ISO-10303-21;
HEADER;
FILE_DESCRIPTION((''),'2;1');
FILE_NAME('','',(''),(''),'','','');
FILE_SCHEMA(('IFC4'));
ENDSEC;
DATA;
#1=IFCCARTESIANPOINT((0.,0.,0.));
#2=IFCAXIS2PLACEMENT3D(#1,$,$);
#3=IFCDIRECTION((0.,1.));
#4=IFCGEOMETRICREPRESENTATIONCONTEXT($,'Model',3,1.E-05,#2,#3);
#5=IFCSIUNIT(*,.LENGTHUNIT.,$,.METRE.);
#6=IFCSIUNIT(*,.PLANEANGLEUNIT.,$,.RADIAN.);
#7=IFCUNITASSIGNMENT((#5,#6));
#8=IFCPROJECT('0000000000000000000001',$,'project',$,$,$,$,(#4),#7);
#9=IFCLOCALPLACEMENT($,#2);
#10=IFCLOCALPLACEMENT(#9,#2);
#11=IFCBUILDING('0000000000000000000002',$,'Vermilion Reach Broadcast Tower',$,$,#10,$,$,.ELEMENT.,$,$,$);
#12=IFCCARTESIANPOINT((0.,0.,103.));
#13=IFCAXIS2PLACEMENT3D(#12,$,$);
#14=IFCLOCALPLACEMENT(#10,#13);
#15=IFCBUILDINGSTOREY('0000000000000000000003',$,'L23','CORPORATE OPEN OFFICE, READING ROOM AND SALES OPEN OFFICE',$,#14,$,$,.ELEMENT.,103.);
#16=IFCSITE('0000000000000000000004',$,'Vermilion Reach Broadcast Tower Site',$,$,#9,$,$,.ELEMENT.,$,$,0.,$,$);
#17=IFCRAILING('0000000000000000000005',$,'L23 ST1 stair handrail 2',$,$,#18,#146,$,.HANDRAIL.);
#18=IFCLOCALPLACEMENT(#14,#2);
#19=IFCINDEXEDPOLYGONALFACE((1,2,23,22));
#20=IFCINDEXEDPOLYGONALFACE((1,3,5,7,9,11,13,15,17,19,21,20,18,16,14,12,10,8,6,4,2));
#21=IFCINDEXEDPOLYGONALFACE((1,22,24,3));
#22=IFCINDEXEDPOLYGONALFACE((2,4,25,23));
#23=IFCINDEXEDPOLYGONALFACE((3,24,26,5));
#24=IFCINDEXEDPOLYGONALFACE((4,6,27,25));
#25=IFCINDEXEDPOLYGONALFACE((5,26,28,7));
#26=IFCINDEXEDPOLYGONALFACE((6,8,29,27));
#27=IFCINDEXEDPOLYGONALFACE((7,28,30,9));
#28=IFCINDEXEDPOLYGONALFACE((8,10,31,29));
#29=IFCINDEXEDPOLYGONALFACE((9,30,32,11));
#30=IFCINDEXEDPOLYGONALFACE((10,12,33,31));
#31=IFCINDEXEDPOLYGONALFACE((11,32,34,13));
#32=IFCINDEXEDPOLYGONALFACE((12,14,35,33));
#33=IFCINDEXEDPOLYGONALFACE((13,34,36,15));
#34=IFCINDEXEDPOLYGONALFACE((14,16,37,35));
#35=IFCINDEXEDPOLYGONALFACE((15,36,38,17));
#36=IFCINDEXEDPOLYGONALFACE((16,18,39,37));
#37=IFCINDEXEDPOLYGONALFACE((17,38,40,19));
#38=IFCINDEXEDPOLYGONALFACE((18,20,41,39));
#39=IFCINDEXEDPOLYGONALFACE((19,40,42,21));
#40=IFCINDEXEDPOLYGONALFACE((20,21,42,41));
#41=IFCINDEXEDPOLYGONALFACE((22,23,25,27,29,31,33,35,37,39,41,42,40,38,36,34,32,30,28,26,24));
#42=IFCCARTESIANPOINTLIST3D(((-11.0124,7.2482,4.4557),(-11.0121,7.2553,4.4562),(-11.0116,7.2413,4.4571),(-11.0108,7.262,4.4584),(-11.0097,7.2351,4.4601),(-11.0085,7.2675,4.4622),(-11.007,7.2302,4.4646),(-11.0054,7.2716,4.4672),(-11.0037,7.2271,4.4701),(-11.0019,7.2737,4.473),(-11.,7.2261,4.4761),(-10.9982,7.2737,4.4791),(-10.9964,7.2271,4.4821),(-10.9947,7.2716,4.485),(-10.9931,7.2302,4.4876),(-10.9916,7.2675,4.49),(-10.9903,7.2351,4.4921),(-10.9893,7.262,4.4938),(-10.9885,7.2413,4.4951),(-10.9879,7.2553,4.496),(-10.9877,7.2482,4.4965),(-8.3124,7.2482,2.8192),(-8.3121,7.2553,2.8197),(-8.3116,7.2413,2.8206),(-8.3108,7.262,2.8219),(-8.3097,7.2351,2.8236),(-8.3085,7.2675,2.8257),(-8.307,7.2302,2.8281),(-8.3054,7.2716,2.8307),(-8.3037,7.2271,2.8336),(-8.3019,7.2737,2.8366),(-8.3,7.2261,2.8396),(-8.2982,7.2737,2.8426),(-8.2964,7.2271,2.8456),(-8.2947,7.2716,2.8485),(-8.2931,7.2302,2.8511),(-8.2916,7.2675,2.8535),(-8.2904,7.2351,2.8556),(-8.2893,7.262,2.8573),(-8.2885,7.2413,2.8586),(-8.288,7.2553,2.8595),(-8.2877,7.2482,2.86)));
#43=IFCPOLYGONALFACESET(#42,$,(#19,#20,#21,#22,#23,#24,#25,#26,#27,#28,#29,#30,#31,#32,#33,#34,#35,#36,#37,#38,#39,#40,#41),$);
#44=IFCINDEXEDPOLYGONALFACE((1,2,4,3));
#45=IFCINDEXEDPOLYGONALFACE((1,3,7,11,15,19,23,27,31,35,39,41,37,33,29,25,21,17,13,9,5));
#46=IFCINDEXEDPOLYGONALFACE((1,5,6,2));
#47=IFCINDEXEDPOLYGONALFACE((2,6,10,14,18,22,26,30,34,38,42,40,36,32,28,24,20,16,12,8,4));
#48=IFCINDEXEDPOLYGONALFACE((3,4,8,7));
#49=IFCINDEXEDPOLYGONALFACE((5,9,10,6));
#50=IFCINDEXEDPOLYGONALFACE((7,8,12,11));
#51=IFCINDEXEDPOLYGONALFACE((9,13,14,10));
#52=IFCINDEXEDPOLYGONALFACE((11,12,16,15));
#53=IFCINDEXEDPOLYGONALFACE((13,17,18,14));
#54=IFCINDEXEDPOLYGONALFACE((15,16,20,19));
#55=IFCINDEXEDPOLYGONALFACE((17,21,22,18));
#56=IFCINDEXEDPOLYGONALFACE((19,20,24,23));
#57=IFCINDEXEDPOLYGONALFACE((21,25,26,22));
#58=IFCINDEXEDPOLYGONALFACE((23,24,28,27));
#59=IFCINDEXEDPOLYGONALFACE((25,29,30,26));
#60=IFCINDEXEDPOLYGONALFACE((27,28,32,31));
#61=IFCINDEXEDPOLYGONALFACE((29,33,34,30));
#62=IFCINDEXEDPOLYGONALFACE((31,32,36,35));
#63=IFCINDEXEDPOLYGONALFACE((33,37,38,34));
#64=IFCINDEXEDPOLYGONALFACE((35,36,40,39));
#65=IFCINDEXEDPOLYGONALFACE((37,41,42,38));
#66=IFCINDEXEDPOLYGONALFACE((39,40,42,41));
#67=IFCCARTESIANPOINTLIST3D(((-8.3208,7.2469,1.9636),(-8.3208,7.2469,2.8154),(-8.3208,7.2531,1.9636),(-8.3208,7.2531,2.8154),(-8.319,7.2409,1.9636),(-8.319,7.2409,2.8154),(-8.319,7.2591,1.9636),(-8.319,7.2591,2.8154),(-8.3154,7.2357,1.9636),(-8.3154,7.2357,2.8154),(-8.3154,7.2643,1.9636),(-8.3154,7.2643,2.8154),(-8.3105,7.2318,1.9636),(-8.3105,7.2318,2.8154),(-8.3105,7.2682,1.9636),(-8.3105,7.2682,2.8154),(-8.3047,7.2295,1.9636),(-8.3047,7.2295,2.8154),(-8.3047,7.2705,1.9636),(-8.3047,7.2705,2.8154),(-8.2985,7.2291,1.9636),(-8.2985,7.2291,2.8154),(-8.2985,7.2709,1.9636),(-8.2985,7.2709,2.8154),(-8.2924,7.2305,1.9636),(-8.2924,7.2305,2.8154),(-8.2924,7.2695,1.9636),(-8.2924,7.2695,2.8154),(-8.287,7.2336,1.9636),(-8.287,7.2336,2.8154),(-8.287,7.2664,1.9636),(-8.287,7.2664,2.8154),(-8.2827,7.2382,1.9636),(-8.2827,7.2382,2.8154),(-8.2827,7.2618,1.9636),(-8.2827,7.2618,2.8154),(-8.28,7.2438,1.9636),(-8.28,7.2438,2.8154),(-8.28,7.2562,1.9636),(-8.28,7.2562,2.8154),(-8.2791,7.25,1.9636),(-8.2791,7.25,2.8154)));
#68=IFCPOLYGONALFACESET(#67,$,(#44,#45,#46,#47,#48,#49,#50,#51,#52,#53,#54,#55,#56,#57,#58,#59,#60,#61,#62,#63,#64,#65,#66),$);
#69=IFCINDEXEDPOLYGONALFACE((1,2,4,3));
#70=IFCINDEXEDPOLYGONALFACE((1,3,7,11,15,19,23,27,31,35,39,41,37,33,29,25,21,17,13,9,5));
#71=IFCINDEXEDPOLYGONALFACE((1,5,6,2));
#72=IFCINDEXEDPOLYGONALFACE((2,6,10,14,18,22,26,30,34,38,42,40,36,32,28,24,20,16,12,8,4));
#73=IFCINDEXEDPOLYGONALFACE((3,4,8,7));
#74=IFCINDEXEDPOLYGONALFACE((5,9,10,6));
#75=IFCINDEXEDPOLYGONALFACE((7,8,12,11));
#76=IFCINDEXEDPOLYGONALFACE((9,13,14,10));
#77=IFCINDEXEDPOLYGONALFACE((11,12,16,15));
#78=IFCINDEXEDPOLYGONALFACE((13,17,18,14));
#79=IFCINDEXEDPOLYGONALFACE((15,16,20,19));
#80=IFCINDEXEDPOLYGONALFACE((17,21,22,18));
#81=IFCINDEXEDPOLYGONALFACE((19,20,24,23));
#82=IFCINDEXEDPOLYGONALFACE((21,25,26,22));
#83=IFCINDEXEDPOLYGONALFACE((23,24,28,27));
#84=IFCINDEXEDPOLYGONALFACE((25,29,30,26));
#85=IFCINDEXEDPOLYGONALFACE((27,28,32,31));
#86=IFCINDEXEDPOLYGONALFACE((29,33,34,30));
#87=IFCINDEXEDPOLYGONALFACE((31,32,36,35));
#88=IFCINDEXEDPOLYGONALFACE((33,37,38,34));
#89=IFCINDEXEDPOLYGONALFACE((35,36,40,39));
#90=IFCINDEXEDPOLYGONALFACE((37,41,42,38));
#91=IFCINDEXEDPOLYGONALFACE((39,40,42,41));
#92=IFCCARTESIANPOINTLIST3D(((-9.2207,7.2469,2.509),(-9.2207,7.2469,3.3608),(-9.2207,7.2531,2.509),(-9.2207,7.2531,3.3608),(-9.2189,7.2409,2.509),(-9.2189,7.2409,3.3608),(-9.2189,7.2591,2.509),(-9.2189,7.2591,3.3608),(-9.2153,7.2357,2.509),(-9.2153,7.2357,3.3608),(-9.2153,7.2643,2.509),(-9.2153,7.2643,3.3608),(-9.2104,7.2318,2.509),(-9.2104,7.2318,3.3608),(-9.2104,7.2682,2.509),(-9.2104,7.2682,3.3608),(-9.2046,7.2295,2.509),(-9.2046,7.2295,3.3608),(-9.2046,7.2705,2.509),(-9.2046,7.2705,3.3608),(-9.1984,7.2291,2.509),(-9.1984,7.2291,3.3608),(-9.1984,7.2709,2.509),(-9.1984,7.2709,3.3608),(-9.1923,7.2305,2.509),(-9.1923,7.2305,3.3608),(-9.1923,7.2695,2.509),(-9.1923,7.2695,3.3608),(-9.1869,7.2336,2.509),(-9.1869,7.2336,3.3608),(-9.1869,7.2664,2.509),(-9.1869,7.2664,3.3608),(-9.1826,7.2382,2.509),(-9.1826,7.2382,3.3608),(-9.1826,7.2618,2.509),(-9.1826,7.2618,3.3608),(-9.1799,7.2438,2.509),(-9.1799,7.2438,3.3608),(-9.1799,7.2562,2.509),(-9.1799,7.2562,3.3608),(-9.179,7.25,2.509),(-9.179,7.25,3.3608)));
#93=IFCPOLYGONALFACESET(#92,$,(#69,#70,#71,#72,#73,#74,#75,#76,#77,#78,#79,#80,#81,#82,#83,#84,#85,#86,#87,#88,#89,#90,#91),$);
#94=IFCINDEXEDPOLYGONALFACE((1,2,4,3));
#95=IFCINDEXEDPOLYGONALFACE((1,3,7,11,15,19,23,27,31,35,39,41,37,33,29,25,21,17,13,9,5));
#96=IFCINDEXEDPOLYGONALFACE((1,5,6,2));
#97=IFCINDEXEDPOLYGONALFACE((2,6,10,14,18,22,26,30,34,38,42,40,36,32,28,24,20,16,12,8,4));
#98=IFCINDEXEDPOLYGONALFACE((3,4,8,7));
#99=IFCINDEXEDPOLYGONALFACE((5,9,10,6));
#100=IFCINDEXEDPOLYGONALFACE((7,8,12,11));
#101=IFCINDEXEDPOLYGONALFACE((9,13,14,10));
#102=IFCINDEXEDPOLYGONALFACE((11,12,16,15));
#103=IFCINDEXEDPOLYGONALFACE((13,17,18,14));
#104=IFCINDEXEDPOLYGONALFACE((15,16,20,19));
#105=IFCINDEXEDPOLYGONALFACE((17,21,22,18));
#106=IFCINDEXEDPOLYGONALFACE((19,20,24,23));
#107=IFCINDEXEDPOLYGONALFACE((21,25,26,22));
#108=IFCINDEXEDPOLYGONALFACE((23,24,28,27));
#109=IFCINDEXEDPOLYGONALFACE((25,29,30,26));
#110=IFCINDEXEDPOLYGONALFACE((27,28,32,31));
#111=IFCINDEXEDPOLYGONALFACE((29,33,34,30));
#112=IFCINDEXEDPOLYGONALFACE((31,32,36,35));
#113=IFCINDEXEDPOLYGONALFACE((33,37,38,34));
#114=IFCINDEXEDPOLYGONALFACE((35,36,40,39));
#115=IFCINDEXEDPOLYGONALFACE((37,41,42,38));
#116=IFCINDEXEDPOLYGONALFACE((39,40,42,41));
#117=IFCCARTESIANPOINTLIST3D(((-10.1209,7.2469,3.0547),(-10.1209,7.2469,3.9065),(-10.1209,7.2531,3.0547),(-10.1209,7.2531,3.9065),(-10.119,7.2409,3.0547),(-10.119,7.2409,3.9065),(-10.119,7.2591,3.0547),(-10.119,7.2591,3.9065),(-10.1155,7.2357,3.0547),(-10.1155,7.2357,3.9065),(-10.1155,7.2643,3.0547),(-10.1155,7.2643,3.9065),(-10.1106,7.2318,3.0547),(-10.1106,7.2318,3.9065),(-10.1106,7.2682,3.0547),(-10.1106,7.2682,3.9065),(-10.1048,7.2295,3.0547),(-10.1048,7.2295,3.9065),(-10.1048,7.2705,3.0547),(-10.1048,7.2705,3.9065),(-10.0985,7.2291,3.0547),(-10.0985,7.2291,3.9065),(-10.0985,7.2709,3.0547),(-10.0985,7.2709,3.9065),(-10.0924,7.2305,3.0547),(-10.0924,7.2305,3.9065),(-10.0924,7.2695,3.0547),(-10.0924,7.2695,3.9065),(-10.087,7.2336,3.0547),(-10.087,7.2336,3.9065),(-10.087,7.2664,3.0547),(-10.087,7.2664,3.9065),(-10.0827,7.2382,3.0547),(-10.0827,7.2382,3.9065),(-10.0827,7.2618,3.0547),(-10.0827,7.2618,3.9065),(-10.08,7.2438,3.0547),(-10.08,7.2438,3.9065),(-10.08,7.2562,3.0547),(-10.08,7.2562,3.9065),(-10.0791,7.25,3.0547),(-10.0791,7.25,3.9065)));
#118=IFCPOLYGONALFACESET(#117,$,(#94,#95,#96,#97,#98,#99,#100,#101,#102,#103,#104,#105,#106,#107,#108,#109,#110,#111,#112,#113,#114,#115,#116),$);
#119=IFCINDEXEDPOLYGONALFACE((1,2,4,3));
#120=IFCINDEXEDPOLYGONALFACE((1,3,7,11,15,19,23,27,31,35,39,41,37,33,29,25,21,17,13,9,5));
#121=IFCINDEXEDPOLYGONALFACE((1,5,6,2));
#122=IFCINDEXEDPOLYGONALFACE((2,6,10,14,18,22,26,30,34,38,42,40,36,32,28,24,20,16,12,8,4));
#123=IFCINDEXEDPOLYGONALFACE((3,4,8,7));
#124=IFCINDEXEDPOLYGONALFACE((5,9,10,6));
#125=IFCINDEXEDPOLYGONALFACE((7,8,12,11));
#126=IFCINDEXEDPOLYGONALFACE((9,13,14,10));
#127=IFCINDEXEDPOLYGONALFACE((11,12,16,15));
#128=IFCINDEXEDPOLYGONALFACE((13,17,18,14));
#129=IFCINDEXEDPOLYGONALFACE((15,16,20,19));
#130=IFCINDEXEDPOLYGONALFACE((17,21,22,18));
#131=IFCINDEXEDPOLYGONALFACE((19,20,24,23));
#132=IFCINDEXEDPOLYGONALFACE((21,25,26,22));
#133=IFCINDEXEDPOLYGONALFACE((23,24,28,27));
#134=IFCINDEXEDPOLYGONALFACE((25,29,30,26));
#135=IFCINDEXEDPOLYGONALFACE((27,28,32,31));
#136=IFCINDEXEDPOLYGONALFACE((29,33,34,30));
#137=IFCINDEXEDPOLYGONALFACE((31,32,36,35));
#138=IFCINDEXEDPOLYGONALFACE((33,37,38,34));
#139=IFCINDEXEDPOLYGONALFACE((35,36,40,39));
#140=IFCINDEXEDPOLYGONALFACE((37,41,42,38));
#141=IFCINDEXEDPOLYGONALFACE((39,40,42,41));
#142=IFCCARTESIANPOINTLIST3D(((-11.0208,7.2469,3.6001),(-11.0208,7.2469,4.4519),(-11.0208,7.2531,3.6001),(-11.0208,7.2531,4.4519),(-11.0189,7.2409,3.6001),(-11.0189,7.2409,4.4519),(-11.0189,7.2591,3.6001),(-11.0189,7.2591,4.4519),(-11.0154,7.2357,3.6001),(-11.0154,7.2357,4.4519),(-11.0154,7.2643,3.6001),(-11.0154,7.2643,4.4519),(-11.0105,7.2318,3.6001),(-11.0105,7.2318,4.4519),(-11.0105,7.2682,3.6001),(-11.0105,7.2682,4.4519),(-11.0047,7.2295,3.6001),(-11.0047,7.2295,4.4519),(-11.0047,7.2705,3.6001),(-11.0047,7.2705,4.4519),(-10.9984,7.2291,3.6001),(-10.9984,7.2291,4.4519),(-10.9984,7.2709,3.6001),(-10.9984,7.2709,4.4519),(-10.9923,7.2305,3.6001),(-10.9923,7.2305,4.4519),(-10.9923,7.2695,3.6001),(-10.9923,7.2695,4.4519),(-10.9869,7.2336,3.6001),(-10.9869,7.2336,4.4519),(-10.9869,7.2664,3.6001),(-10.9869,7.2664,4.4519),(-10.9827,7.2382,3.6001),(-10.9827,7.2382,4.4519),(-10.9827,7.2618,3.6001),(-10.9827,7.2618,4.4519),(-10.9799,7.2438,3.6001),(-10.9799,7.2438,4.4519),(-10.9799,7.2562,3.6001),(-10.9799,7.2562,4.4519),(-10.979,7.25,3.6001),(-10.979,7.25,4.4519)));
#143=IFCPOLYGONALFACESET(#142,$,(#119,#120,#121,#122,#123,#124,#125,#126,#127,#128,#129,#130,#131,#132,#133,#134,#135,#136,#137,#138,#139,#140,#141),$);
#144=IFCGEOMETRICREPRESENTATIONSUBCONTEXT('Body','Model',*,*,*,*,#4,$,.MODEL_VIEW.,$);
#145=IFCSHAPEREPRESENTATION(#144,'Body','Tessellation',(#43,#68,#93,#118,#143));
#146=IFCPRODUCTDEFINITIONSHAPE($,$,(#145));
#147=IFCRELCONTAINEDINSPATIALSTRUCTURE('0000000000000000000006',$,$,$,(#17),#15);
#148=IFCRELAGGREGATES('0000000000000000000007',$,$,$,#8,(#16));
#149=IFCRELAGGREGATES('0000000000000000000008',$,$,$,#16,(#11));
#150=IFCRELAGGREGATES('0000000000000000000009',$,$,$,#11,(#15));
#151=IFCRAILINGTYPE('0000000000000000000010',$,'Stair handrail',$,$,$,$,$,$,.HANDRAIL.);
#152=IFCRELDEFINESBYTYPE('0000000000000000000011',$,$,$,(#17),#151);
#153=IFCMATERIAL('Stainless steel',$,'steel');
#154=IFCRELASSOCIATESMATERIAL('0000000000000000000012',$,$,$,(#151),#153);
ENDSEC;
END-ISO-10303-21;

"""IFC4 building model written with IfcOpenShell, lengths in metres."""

from ifc_helpers import new_model, si_unit, direction, frame, origin, origin_2d, place, context, subcontext, project, spatial, circle, extrude, material, type_object, element, save


model = new_model("IFC4")

# Units and contexts
model_context = context("Model", 3, precision=1e-05, world=origin(), true_north=direction((0.0, 1.0)))
body_context = subcontext(model_context, "Body", "Model", "MODEL_VIEW")
ifc_project = project(units=[si_unit("LENGTHUNIT", "METRE"), si_unit("PLANEANGLEUNIT", "RADIAN")], contexts=[model_context])

# Site, building, storey
site_placement = place(None, origin())
site = spatial("IfcSite", under=ifc_project, at=site_placement, Name="Vermilion Reach Broadcast Tower Site", CompositionType="ELEMENT", RefElevation=0.0)
building_placement = place(site_placement, origin())
building = spatial("IfcBuilding", under=site, at=building_placement, Name="Vermilion Reach Broadcast Tower", CompositionType="ELEMENT")
storey_placement = place(building_placement, frame((0.0, 0.0, 103.0)))
storey = spatial("IfcBuildingStorey", under=building, at=storey_placement, Name="L23", Description="CORPORATE OPEN OFFICE, READING ROOM AND SALES OPEN OFFICE", CompositionType="ELEMENT", Elevation=103.0)

# Railing
ifc_material_1 = material(Name="Stainless steel", Category="steel")
railing_type_1 = type_object("IfcRailingType", Name="Stair handrail", PredefinedType="HANDRAIL", material=ifc_material_1)
railing_1_placement = place(storey_placement, frame((-8.3, 7.25, 1.9636)))
element("IfcRailing", 1, at=railing_1_placement, inside=storey, type_object=railing_type_1, Name="L23 ST1 stair handrail 2", PredefinedType="HANDRAIL", context=body_context, shape_type="SweptSolid", body=[
    extrude(circle(Radius=0.0239, at=origin_2d()), frame((0.0, 0.0, 0.876), z_axis=(-0.855178, 0.0, 0.518334), x_axis=(0.0, -1.0, 0.0)), (0.0, 0.0, 1.0), 3.1572),
    extrude(circle(Radius=0.021, at=origin_2d()), origin(), (0.0, 0.0, 1.0), 0.8518),
    extrude(circle(Radius=0.021, at=origin_2d()), frame((-0.8999, 0.0, 0.5454)), (0.0, 0.0, 1.0), 0.8518),
    extrude(circle(Radius=0.021, at=origin_2d()), frame((-1.8, 0.0, 1.0911)), (0.0, 0.0, 1.0), 0.8518),
    extrude(circle(Radius=0.021, at=origin_2d()), frame((-2.7, 0.0, 1.6365)), (0.0, 0.0, 1.0), 0.8518),
])

save(model, "model.ifc")
